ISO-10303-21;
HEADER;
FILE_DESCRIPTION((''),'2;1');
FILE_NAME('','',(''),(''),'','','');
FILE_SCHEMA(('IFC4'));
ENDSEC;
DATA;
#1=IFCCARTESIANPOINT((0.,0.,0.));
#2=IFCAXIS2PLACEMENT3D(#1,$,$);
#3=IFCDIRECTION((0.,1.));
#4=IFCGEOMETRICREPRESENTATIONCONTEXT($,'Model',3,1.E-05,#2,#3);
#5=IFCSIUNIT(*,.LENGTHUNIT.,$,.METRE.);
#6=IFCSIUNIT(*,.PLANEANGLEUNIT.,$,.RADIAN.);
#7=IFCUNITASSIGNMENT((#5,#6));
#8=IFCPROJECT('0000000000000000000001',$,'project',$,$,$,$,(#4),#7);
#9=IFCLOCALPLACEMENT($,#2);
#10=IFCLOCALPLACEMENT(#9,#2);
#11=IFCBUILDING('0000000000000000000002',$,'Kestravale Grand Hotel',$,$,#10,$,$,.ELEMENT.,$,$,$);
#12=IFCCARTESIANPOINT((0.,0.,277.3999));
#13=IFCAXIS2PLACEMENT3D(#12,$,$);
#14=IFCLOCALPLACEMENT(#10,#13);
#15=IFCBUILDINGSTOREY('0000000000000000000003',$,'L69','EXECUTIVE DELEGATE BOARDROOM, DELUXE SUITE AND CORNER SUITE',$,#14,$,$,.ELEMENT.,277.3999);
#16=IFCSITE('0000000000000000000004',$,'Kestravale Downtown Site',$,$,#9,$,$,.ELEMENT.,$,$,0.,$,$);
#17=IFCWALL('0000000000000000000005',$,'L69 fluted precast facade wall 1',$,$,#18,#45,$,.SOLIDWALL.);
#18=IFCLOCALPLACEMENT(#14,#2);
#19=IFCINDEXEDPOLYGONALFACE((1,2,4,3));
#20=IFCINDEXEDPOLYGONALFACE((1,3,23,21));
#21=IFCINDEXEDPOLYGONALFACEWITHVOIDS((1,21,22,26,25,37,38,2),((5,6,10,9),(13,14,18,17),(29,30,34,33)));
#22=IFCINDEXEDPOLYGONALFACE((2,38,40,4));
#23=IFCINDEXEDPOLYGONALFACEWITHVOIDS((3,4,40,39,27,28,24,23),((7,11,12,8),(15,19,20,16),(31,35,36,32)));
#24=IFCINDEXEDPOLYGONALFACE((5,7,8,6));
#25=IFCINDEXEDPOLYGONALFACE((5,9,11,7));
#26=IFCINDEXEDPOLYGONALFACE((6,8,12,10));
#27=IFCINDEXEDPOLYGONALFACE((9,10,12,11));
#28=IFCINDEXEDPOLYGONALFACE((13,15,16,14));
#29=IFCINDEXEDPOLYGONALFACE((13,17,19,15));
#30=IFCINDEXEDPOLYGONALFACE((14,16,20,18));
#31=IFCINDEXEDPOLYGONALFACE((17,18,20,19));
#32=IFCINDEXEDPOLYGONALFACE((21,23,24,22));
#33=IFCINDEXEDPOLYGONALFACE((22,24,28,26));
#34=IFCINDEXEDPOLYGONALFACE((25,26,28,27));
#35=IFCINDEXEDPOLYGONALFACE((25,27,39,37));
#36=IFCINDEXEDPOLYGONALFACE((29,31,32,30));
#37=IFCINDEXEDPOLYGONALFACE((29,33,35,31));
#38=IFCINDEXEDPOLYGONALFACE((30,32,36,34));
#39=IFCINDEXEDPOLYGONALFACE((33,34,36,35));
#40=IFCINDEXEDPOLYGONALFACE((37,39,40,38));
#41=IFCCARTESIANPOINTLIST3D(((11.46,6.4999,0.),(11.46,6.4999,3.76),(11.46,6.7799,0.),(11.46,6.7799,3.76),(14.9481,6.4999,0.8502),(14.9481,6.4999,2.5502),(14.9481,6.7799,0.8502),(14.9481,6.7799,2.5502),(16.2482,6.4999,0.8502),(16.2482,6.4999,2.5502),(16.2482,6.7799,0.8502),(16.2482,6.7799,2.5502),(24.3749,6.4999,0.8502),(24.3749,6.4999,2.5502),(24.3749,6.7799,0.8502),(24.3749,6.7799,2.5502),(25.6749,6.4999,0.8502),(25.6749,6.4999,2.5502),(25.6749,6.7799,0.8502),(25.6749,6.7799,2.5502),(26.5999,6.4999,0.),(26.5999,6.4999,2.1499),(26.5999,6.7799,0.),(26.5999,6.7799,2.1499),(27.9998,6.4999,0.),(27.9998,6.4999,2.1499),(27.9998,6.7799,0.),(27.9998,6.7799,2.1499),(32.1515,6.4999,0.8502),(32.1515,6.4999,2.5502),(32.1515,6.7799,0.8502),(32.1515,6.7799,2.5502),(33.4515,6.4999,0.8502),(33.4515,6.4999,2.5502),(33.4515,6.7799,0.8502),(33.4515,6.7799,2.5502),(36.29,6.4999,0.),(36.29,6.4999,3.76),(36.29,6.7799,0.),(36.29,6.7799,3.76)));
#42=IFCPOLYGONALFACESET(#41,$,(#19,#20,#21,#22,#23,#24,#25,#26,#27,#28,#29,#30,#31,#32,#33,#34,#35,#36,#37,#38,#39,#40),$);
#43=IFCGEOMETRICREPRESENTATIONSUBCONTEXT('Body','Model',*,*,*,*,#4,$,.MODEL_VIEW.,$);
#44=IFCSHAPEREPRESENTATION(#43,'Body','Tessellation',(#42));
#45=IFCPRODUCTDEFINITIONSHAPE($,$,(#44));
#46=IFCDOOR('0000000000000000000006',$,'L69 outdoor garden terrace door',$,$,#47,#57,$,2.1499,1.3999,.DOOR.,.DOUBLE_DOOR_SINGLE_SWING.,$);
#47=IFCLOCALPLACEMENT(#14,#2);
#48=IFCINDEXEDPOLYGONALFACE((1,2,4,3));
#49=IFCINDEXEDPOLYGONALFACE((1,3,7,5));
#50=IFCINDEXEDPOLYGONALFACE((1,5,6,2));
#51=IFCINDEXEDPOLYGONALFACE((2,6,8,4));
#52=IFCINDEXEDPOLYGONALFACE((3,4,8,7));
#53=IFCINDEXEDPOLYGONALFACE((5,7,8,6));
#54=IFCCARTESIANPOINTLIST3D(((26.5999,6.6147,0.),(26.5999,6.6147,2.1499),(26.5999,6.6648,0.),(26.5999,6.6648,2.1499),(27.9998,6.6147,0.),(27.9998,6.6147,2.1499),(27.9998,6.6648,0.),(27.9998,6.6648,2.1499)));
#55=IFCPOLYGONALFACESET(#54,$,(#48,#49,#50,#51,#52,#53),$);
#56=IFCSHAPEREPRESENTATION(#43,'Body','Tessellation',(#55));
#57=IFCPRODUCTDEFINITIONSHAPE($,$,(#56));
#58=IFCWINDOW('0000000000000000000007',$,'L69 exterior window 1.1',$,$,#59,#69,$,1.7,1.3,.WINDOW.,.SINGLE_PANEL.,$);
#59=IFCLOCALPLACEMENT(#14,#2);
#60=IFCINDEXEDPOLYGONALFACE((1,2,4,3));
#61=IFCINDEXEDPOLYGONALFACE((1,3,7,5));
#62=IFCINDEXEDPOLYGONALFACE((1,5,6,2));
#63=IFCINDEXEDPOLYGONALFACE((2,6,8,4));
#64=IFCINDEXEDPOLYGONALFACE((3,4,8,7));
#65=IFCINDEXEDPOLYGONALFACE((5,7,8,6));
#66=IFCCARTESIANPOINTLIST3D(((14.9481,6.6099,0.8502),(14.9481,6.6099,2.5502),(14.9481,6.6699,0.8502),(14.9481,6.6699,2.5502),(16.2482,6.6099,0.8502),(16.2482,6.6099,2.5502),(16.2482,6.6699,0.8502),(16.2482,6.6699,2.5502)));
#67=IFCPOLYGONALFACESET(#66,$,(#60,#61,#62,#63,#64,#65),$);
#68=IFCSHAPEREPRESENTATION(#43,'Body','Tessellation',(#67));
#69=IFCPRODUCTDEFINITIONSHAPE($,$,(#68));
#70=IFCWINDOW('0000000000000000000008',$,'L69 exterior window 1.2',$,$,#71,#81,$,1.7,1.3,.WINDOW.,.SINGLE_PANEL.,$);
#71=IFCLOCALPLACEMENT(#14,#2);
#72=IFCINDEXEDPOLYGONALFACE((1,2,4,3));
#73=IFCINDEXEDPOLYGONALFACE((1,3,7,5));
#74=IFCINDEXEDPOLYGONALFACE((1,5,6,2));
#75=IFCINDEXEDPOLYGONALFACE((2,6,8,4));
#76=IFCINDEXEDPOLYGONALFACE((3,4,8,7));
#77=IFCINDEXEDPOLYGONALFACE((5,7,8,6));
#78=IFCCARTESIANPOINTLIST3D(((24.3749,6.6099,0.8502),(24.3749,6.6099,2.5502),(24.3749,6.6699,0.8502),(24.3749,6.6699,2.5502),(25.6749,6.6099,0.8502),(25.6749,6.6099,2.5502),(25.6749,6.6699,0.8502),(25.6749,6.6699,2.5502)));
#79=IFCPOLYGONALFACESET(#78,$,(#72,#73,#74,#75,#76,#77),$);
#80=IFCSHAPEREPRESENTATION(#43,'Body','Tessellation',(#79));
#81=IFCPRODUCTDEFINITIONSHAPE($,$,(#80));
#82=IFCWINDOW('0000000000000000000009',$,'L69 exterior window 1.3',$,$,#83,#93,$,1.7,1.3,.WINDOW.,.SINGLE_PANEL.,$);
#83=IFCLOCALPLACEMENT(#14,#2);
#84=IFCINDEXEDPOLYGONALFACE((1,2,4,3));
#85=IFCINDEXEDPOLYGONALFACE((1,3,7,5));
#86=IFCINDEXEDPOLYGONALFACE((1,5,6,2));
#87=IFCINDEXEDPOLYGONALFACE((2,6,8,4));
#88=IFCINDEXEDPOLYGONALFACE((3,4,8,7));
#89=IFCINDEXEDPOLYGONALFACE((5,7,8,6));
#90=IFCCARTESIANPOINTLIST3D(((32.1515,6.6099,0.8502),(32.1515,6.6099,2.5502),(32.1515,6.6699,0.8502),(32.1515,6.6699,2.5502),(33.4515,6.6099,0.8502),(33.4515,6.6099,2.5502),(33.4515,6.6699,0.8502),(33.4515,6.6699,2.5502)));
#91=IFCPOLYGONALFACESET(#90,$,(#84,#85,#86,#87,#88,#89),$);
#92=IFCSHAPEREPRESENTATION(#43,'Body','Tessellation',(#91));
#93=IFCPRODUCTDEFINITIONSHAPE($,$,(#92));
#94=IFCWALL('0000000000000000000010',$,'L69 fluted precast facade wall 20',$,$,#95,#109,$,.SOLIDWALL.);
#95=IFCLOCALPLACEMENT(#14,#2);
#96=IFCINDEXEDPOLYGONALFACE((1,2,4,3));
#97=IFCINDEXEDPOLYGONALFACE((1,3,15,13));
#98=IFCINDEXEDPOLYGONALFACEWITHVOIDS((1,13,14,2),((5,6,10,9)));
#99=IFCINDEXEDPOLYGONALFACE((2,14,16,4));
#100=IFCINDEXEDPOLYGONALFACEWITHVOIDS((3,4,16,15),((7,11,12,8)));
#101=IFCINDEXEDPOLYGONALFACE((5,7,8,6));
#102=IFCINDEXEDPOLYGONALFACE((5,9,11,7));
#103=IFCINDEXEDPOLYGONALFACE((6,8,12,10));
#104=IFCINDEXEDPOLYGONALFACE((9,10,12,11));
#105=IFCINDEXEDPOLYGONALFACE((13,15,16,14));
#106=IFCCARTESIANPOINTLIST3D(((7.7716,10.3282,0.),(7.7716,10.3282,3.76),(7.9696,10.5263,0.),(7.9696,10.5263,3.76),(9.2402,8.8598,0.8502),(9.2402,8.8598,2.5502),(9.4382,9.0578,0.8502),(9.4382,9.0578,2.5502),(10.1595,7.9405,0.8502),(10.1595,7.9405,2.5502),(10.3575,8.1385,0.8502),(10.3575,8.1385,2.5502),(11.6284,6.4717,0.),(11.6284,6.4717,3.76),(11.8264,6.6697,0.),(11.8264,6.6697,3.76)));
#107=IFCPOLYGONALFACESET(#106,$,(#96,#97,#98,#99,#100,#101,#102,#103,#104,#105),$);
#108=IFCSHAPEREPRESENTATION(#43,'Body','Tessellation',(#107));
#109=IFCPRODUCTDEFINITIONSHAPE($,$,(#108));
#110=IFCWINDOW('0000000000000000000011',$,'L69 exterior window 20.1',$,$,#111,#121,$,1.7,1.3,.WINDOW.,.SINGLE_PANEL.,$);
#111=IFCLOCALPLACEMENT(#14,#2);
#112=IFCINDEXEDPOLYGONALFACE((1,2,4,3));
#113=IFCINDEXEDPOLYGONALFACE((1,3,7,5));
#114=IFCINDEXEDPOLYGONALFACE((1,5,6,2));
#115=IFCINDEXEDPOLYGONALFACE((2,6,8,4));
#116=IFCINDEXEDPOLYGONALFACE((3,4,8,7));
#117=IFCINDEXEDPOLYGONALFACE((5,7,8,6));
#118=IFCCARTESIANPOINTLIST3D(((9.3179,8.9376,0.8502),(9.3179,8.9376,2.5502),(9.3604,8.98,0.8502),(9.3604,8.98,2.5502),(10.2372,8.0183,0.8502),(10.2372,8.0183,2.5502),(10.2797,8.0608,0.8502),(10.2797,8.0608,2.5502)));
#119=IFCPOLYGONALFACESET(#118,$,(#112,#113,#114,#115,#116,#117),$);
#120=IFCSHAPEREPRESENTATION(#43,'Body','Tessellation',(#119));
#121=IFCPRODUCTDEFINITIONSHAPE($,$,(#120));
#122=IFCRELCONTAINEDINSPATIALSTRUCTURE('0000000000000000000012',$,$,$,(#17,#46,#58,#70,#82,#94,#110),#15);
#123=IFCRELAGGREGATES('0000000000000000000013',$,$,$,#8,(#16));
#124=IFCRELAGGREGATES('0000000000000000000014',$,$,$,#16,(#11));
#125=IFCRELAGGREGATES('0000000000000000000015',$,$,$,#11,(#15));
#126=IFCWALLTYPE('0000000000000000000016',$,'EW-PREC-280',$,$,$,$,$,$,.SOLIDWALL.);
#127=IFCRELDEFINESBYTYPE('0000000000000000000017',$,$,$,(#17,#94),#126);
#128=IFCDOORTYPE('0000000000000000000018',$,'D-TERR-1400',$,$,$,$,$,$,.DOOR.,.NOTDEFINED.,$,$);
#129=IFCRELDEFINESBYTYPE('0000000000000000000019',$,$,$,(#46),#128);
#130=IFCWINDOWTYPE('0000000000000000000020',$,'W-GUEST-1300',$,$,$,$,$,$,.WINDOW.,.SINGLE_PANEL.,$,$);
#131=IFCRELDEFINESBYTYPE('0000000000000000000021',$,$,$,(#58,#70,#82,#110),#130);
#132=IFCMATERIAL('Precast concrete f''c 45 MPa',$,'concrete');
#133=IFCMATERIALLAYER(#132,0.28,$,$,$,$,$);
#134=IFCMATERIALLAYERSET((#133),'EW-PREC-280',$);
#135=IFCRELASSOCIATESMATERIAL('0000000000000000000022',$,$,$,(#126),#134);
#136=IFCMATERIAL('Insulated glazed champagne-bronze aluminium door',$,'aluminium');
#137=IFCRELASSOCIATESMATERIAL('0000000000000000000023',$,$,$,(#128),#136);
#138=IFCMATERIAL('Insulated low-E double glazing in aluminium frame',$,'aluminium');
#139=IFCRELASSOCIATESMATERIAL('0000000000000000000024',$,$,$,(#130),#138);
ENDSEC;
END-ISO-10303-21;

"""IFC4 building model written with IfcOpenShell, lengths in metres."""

from ifc_helpers import new_model, si_unit, direction, frame, frame_2d, origin, place, context, subcontext, project, spatial, rectangle, extrude, material, layer, layer_set, type_object, element, fill, save


model = new_model("IFC4")

# Units and contexts
model_context = context("Model", 3, precision=1e-05, world=origin(), true_north=direction((0.0, 1.0)))
body_context = subcontext(model_context, "Body", "Model", "MODEL_VIEW")
ifc_project = project(units=[si_unit("LENGTHUNIT", "METRE"), si_unit("PLANEANGLEUNIT", "RADIAN")], contexts=[model_context])

# Site, building, storey
site_placement = place(None, origin())
site = spatial("IfcSite", under=ifc_project, at=site_placement, Name="Kestravale Downtown Site", CompositionType="ELEMENT", RefElevation=0.0)
building_placement = place(site_placement, origin())
building = spatial("IfcBuilding", under=site, at=building_placement, Name="Kestravale Grand Hotel", CompositionType="ELEMENT")
storey_placement = place(building_placement, frame((0.0, 0.0, 277.3999)))
storey = spatial("IfcBuildingStorey", under=building, at=storey_placement, Name="L69", Description="EXECUTIVE DELEGATE BOARDROOM, DELUXE SUITE AND CORNER SUITE", CompositionType="ELEMENT", Elevation=277.3999)

# Wall, openings, door, windows
ifc_material_1 = material(Name="Precast concrete f'c 45 MPa", Category="concrete")
ifc_layer_1 = layer(ifc_material_1, 0.28)
ifc_layer_set_1 = layer_set([ifc_layer_1], Name="EW-PREC-280")
wall_type_1 = type_object("IfcWallType", Name="EW-PREC-280", PredefinedType="SOLIDWALL", material=ifc_layer_set_1)
wall_1_placement = place(storey_placement, frame((11.46, 6.6399, 0.0), z_axis=(0.0, 0.0, 1.0), x_axis=(1.0, 0.0, 0.0)))
wall_1 = element("IfcWall", 1, at=wall_1_placement, inside=storey, type_object=wall_type_1, Name="L69 fluted precast facade wall 1", PredefinedType="SOLIDWALL", context=body_context, shape_type="SweptSolid", body=[
    extrude(rectangle(XDim=24.8301, YDim=0.28, at=frame_2d((12.415, 0.0))), origin(), (0.0, 0.0, 1.0), 3.76),
])
opening_1_placement = place(wall_1_placement, frame((15.1399, 0.0, 0.0)))
opening_1 = element("IfcOpeningElement", 2, at=opening_1_placement, cuts=wall_1, PredefinedType="OPENING", context=body_context, shape_type="SweptSolid", body=[
    extrude(rectangle(XDim=1.3999, YDim=2.1499, at=frame_2d((0.7, 1.075))), frame((0.0, 0.1499, 0.0), z_axis=(0.0, -1.0, 0.0), x_axis=(1.0, 0.0, 0.0)), (0.0, 0.0, 1.0), 0.3),
])
opening_2_placement = place(wall_1_placement, frame((3.4883, 0.0, 0.8501)))
opening_2 = element("IfcOpeningElement", 3, at=opening_2_placement, cuts=wall_1, PredefinedType="OPENING", context=body_context, shape_type="SweptSolid", body=[
    extrude(rectangle(XDim=1.3, YDim=1.7, at=frame_2d((0.6499, 0.8501))), frame((0.0, 0.1499, 0.0), z_axis=(0.0, -1.0, 0.0), x_axis=(1.0, 0.0, 0.0)), (0.0, 0.0, 1.0), 0.3),
])
opening_3_placement = place(wall_1_placement, frame((12.915, 0.0, 0.8501)))
opening_3 = element("IfcOpeningElement", 4, at=opening_3_placement, cuts=wall_1, PredefinedType="OPENING", context=body_context, shape_type="SweptSolid", body=[
    extrude(rectangle(XDim=1.3, YDim=1.7, at=frame_2d((0.6499, 0.8501))), frame((0.0, 0.1499, 0.0), z_axis=(0.0, -1.0, 0.0), x_axis=(1.0, 0.0, 0.0)), (0.0, 0.0, 1.0), 0.3),
])
opening_4_placement = place(wall_1_placement, frame((20.6917, 0.0, 0.8501)))
opening_4 = element("IfcOpeningElement", 5, at=opening_4_placement, cuts=wall_1, PredefinedType="OPENING", context=body_context, shape_type="SweptSolid", body=[
    extrude(rectangle(XDim=1.3, YDim=1.7, at=frame_2d((0.6499, 0.8501))), frame((0.0, 0.1499, 0.0), z_axis=(0.0, -1.0, 0.0), x_axis=(1.0, 0.0, 0.0)), (0.0, 0.0, 1.0), 0.3),
])
ifc_material_2 = material(Name="Insulated glazed champagne-bronze aluminium door", Category="aluminium")
door_type_1 = type_object("IfcDoorType", Name="D-TERR-1400", OperationType="NOTDEFINED", PredefinedType="DOOR", material=ifc_material_2)
door_1_placement = place(opening_1_placement, origin())
door_1 = element("IfcDoor", 6, at=door_1_placement, inside=storey, type_object=door_type_1, Name="L69 outdoor garden terrace door", OperationType="DOUBLE_DOOR_SINGLE_SWING", OverallHeight=2.1499, OverallWidth=1.3999, PredefinedType="DOOR", context=body_context, shape_type="SweptSolid", body=[
    extrude(rectangle(XDim=1.3999, YDim=2.1499, at=frame_2d((0.7, 1.075))), frame((0.0, 0.0249, 0.0), z_axis=(0.0, -1.0, 0.0), x_axis=(1.0, 0.0, 0.0)), (0.0, 0.0, 1.0), 0.05),
])
fill(opening_1, door_1)
ifc_material_3 = material(Name="Insulated low-E double glazing in aluminium frame", Category="aluminium")
window_type = type_object("IfcWindowType", Name="W-GUEST-1300", PartitioningType="SINGLE_PANEL", PredefinedType="WINDOW", material=ifc_material_3)
window_1_placement = place(opening_2_placement, origin())
window_1 = element("IfcWindow", 7, at=window_1_placement, inside=storey, type_object=window_type, Name="L69 exterior window 1.1", OverallHeight=1.7, OverallWidth=1.3, PartitioningType="SINGLE_PANEL", PredefinedType="WINDOW", context=body_context, shape_type="SweptSolid", body=[
    extrude(rectangle(XDim=1.3, YDim=1.7, at=frame_2d((0.6499, 0.8501))), frame((0.0, 0.03, 0.0), z_axis=(0.0, -1.0, 0.0), x_axis=(1.0, 0.0, 0.0)), (0.0, 0.0, 1.0), 0.0601),
])
fill(opening_2, window_1)
window_2_placement = place(opening_3_placement, origin())
window_2 = element("IfcWindow", 8, at=window_2_placement, inside=storey, type_object=window_type, Name="L69 exterior window 1.2", OverallHeight=1.7, OverallWidth=1.3, PartitioningType="SINGLE_PANEL", PredefinedType="WINDOW", context=body_context, shape_type="SweptSolid", body=[
    extrude(rectangle(XDim=1.3, YDim=1.7, at=frame_2d((0.6499, 0.8501))), frame((0.0, 0.03, 0.0), z_axis=(0.0, -1.0, 0.0), x_axis=(1.0, 0.0, 0.0)), (0.0, 0.0, 1.0), 0.0601),
])
fill(opening_3, window_2)
window_3_placement = place(opening_4_placement, origin())
window_3 = element("IfcWindow", 9, at=window_3_placement, inside=storey, type_object=window_type, Name="L69 exterior window 1.3", OverallHeight=1.7, OverallWidth=1.3, PartitioningType="SINGLE_PANEL", PredefinedType="WINDOW", context=body_context, shape_type="SweptSolid", body=[
    extrude(rectangle(XDim=1.3, YDim=1.7, at=frame_2d((0.6499, 0.8501))), frame((0.0, 0.03, 0.0), z_axis=(0.0, -1.0, 0.0), x_axis=(1.0, 0.0, 0.0)), (0.0, 0.0, 1.0), 0.0601),
])
fill(opening_4, window_3)

# Wall, opening, window
wall_2_placement = place(storey_placement, frame((7.8706, 10.4272, 0.0), z_axis=(0.0, 0.0, 1.0), x_axis=(0.707129, -0.707084, 0.0)))
wall_2 = element("IfcWall", 10, at=wall_2_placement, inside=storey, type_object=wall_type_1, Name="L69 fluted precast facade wall 20", PredefinedType="SOLIDWALL", context=body_context, shape_type="SweptSolid", body=[
    extrude(rectangle(XDim=5.4541, YDim=0.28, at=frame_2d((2.7271, 0.0))), origin(), (0.0, 0.0, 1.0), 3.76),
])
opening_5_placement = place(wall_2_placement, frame((2.0769, 0.0, 0.8501)))
opening_5 = element("IfcOpeningElement", 11, at=opening_5_placement, cuts=wall_2, PredefinedType="OPENING", context=body_context, shape_type="SweptSolid", body=[
    extrude(rectangle(XDim=1.3, YDim=1.7, at=frame_2d((0.6499, 0.8501))), frame((0.0, 0.1499, 0.0), z_axis=(0.0, -1.0, 0.0), x_axis=(1.0, 0.0, 0.0)), (0.0, 0.0, 1.0), 0.3),
])
window_4_placement = place(opening_5_placement, origin())
window_4 = element("IfcWindow", 12, at=window_4_placement, inside=storey, type_object=window_type, Name="L69 exterior window 20.1", OverallHeight=1.7, OverallWidth=1.3, PartitioningType="SINGLE_PANEL", PredefinedType="WINDOW", context=body_context, shape_type="SweptSolid", body=[
    extrude(rectangle(XDim=1.3, YDim=1.7, at=frame_2d((0.6499, 0.8501))), frame((0.0, 0.03, 0.0), z_axis=(0.0, -1.0, 0.0), x_axis=(1.0, 0.0, 0.0)), (0.0, 0.0, 1.0), 0.0601),
])
fill(opening_5, window_4)

save(model, "model.ifc")
